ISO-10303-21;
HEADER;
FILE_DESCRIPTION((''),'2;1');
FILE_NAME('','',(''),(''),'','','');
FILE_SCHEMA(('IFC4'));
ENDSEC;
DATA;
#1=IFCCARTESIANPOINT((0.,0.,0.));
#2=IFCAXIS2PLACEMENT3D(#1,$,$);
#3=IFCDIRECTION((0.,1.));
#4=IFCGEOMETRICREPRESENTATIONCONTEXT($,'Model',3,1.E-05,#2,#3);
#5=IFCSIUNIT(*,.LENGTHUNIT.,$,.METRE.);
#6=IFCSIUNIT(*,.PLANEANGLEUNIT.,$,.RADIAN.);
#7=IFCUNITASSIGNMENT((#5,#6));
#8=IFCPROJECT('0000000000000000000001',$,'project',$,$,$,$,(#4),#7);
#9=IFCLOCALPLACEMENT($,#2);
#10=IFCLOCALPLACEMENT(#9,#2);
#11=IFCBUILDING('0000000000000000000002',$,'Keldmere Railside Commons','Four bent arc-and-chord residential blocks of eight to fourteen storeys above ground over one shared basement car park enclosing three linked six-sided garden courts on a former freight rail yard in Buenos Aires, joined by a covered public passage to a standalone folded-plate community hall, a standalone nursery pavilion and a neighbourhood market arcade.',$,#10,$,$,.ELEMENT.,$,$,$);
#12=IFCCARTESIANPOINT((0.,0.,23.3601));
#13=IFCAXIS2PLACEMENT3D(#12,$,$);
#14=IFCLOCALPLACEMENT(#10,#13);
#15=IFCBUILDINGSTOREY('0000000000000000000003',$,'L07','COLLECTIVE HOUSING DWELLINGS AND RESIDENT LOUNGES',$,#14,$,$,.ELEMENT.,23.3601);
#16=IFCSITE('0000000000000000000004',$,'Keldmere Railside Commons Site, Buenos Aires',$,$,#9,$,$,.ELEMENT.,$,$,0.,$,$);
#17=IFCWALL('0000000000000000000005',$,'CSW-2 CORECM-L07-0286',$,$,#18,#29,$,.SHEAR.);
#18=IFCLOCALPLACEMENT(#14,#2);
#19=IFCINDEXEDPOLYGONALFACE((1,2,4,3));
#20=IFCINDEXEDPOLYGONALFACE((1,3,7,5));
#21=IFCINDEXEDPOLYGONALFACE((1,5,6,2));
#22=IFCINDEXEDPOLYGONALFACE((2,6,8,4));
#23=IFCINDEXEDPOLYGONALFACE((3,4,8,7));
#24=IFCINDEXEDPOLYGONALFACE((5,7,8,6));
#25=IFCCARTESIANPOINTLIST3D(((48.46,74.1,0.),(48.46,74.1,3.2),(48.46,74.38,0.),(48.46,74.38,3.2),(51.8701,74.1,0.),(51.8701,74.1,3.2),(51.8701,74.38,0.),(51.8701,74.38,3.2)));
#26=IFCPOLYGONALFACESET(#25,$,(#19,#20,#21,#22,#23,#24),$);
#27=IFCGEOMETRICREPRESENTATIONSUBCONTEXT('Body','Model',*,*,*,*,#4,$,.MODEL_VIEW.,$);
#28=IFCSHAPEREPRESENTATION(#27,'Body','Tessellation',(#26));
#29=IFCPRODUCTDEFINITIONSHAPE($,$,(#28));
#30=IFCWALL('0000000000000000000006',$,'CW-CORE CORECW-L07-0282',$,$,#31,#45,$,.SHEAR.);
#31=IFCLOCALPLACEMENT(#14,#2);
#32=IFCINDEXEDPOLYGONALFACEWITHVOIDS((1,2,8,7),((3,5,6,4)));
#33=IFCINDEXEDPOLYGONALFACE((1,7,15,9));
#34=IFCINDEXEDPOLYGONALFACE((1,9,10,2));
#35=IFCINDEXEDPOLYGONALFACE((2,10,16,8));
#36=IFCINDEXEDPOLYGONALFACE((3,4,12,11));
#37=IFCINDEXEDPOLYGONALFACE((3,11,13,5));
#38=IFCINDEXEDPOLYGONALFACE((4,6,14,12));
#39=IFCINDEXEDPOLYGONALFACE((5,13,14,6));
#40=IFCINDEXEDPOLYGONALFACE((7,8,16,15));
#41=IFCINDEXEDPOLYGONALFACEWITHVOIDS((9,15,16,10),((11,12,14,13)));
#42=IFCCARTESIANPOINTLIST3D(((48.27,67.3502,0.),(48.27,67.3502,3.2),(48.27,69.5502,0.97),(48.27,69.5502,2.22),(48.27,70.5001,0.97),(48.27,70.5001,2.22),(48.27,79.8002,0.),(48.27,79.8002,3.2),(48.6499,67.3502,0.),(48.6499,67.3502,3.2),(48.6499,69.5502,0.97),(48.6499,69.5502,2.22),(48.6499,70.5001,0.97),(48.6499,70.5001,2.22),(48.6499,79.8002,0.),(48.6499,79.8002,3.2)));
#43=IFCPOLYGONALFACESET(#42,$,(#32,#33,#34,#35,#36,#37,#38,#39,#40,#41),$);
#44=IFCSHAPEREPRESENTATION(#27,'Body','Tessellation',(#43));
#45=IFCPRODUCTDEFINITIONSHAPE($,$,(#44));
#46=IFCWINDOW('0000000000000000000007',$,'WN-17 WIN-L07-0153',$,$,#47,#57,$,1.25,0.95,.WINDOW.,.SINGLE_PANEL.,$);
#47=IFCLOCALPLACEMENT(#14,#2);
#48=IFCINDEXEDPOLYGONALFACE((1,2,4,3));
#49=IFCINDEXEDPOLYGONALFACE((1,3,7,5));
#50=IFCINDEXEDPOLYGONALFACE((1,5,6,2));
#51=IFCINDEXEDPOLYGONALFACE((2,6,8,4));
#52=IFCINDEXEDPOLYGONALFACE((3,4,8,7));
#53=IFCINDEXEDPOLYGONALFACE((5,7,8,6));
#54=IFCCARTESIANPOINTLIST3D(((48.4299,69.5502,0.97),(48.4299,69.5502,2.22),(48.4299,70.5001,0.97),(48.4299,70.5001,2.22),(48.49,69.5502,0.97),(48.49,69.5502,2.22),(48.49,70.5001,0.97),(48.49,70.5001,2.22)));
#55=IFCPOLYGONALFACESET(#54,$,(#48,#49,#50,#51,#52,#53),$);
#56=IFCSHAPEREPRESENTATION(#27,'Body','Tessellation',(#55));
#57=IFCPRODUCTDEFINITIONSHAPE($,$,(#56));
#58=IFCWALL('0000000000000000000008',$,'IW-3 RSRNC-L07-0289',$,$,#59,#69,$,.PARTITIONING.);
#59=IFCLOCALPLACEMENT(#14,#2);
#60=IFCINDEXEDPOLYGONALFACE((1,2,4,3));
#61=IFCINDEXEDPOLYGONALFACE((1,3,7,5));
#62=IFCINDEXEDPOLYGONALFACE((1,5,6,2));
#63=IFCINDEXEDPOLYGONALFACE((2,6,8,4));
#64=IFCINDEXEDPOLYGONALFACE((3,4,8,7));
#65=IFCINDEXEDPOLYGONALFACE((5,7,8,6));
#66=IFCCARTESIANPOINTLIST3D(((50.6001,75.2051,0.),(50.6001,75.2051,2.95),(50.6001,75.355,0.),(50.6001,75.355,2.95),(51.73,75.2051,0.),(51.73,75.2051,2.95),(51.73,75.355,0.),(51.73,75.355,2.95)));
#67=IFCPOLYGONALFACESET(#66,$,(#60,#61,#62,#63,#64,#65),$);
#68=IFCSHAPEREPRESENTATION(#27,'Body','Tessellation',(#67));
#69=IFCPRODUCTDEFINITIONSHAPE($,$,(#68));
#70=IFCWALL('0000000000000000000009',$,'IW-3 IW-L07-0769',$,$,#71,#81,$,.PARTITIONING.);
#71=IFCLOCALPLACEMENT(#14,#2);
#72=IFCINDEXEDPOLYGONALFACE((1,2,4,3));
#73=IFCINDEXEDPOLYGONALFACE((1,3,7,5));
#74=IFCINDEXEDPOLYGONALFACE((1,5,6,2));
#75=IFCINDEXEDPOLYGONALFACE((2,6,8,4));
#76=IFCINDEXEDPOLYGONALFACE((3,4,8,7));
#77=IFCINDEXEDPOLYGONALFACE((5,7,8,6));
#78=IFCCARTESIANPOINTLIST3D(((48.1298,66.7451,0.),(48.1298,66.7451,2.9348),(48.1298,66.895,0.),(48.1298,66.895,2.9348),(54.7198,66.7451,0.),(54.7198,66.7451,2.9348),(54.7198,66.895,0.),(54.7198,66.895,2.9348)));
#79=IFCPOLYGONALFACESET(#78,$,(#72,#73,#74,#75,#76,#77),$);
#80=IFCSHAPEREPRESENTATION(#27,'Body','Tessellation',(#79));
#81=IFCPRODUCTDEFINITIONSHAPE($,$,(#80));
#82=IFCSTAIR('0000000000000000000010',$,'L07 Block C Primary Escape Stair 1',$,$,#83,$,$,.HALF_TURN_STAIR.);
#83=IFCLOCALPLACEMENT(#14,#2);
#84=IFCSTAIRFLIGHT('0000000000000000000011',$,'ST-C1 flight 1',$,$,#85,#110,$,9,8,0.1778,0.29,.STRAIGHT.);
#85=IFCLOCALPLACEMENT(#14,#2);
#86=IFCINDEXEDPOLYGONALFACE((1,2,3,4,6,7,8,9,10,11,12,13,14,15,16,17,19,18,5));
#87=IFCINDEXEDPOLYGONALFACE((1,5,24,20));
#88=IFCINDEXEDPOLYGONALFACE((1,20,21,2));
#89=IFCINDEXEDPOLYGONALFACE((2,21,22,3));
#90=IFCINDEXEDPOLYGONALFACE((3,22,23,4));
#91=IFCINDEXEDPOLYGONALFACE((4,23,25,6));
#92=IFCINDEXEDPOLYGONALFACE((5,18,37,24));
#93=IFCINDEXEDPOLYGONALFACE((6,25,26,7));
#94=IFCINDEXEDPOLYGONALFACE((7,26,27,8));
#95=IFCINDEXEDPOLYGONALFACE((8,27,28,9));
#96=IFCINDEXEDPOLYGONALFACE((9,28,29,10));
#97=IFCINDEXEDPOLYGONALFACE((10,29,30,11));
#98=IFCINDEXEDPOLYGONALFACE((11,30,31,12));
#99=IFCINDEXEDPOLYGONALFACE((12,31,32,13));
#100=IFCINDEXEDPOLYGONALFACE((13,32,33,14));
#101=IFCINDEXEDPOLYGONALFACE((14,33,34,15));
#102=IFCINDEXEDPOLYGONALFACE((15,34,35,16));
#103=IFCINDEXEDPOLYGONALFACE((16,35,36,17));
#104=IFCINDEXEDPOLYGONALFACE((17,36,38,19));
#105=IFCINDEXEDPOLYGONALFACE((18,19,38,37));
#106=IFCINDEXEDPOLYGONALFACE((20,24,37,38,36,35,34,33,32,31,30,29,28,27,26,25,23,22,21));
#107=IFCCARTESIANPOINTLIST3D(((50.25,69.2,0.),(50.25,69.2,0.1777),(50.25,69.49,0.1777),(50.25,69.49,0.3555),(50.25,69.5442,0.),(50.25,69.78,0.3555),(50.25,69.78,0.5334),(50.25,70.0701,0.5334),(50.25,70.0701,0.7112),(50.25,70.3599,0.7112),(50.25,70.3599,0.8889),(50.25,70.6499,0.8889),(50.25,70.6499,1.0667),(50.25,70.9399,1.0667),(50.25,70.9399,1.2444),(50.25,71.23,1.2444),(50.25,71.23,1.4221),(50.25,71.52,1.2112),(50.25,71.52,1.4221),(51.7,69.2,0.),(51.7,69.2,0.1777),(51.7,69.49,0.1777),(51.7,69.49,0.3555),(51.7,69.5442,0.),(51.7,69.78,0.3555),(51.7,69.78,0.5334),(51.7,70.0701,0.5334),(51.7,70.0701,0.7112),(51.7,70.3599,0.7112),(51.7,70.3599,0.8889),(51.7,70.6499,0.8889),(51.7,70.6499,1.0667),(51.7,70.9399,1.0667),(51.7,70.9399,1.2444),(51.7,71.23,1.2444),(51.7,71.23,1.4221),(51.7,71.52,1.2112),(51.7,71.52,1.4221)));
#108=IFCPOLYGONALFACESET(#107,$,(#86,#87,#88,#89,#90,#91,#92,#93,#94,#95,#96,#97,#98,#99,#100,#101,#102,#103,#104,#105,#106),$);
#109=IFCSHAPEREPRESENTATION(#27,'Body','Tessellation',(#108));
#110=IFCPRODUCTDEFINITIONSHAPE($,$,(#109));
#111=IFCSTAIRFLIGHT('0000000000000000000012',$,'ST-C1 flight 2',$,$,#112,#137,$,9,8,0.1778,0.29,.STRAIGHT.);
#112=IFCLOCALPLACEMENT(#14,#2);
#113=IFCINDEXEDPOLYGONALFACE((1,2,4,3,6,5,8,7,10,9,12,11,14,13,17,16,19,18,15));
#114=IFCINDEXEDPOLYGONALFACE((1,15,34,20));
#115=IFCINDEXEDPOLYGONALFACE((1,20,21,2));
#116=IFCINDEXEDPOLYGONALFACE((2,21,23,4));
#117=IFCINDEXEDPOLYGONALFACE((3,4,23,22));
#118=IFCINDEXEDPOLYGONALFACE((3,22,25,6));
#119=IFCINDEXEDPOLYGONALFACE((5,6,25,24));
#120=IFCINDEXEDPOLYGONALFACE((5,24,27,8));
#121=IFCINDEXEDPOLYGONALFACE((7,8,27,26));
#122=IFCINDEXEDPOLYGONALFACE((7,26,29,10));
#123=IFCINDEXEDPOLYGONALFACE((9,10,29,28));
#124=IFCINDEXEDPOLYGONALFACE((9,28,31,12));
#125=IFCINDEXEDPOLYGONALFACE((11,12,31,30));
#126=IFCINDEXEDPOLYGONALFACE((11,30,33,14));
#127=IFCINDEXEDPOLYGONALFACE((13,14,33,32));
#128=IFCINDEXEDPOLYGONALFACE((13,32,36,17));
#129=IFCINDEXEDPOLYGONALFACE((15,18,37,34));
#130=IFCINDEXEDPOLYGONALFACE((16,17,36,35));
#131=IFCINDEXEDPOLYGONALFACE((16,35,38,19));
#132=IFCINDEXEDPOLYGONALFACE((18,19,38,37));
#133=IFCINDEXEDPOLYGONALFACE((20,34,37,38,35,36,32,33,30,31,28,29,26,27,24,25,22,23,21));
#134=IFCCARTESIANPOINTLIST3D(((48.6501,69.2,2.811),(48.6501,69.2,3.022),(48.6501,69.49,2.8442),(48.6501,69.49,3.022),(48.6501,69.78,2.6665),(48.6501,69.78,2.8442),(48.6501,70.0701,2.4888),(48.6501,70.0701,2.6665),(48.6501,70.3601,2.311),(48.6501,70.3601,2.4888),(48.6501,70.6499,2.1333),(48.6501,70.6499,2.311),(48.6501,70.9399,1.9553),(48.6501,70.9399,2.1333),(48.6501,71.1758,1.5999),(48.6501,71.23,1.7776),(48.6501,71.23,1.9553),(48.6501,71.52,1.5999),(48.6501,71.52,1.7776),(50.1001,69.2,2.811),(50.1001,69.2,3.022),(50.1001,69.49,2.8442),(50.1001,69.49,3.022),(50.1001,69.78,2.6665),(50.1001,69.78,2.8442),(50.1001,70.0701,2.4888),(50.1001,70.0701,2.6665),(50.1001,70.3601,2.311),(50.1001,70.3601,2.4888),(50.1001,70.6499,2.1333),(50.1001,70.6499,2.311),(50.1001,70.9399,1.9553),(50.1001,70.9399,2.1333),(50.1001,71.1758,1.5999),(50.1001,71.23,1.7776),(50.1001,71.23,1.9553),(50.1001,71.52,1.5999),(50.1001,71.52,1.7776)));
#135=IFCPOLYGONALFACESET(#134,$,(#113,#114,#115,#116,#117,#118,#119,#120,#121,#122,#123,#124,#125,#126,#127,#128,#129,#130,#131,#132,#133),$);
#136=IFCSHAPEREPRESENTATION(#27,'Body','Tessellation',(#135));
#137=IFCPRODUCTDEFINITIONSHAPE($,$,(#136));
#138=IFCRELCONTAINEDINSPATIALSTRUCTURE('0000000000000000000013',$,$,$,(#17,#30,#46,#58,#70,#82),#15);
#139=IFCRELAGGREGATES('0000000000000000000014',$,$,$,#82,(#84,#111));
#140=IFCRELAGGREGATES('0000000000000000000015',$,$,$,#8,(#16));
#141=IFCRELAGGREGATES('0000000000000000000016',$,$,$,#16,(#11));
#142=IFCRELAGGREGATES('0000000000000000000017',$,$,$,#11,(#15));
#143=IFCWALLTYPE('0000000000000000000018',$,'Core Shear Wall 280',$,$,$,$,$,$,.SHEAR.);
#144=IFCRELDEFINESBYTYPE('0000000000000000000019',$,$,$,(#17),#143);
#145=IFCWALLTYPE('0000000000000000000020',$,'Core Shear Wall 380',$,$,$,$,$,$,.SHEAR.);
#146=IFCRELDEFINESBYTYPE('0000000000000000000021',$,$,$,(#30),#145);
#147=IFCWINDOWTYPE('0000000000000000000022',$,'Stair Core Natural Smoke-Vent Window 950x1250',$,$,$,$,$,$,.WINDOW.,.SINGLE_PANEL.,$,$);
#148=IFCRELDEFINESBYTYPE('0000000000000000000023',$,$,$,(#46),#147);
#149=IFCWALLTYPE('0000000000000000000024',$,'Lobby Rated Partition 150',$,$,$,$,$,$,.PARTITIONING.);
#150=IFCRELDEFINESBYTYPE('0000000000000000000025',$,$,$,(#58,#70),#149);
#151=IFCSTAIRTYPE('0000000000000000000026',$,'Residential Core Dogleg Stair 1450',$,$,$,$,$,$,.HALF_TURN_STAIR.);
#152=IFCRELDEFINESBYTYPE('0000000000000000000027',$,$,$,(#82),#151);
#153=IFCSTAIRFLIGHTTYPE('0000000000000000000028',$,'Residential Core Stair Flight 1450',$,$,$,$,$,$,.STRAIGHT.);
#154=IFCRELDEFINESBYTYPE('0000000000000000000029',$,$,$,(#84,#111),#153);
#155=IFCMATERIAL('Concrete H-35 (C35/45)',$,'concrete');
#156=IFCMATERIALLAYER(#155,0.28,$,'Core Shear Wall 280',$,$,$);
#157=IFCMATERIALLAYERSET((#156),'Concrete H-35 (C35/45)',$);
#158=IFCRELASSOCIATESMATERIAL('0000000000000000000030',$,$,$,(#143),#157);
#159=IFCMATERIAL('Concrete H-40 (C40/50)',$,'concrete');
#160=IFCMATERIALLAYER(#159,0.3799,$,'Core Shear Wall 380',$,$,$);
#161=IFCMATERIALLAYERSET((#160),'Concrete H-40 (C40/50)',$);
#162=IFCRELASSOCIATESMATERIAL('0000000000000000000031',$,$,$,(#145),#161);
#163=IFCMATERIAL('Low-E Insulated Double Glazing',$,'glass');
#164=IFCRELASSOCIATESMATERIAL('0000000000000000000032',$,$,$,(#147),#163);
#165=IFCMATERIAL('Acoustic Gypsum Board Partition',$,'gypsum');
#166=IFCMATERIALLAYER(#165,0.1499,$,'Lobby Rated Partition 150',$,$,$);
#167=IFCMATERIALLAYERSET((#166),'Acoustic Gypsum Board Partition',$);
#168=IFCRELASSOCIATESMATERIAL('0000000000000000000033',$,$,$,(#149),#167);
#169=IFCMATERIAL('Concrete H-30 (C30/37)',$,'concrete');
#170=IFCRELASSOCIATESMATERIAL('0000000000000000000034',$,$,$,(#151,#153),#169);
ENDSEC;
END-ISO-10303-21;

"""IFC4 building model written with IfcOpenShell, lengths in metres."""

from ifc_helpers import new_model, si_unit, direction, frame, frame_2d, origin, place, context, subcontext, project, spatial, polyline, rectangle, outline, extrude, material, layer, layer_set, type_object, element, fill, aggregate, save


model = new_model("IFC4")

# Units and contexts
model_context = context("Model", 3, precision=1e-05, world=origin(), true_north=direction((0.0, 1.0)))
body_context = subcontext(model_context, "Body", "Model", "MODEL_VIEW")
ifc_project = project(units=[si_unit("LENGTHUNIT", "METRE"), si_unit("PLANEANGLEUNIT", "RADIAN")], contexts=[model_context])

# Site, building, storey
site_placement = place(None, origin())
site = spatial("IfcSite", under=ifc_project, at=site_placement, Name="Keldmere Railside Commons Site, Buenos Aires", CompositionType="ELEMENT", RefElevation=0.0)
building_placement = place(site_placement, origin())
building = spatial("IfcBuilding", under=site, at=building_placement, Name="Keldmere Railside Commons", Description="Four bent arc-and-chord residential blocks of eight to fourteen storeys above ground over one shared basement car park enclosing three linked six-sided garden courts on a former freight rail yard in Buenos Aires, joined by a covered public passage to a standalone folded-plate community hall, a standalone nursery pavilion and a neighbourhood market arcade.", CompositionType="ELEMENT")
storey_placement = place(building_placement, frame((0.0, 0.0, 23.3601)))
storey = spatial("IfcBuildingStorey", under=building, at=storey_placement, Name="L07", Description="COLLECTIVE HOUSING DWELLINGS AND RESIDENT LOUNGES", CompositionType="ELEMENT", Elevation=23.3601)

# Wall
ifc_material_1 = material(Name="Concrete H-35 (C35/45)", Category="concrete")
ifc_layer_1 = layer(ifc_material_1, 0.28, Name="Core Shear Wall 280")
ifc_layer_set_1 = layer_set([ifc_layer_1], Name="Concrete H-35 (C35/45)")
wall_type_1 = type_object("IfcWallType", Name="Core Shear Wall 280", PredefinedType="SHEAR", material=ifc_layer_set_1)
wall_1_placement = place(storey_placement, frame((48.46, 74.24, 0.0), z_axis=(0.0, 0.0, 1.0), x_axis=(1.0, 0.0, 0.0)))
element("IfcWall", 1, at=wall_1_placement, inside=storey, type_object=wall_type_1, Name="CSW-2 CORECM-L07-0286", PredefinedType="SHEAR", context=body_context, shape_type="SweptSolid", body=[
    extrude(rectangle(XDim=3.4102, YDim=0.28, at=frame_2d((1.7051, 0.0))), origin(), (0.0, 0.0, 1.0), 3.2),
])

# Wall, opening, window
ifc_material_2 = material(Name="Concrete H-40 (C40/50)", Category="concrete")
ifc_layer_2 = layer(ifc_material_2, 0.3799, Name="Core Shear Wall 380")
ifc_layer_set_2 = layer_set([ifc_layer_2], Name="Concrete H-40 (C40/50)")
wall_type_2 = type_object("IfcWallType", Name="Core Shear Wall 380", PredefinedType="SHEAR", material=ifc_layer_set_2)
wall_2_placement = place(storey_placement, frame((48.46, 67.3501, 0.0), z_axis=(0.0, 0.0, 1.0), x_axis=(0.0, 1.0, 0.0)))
wall_2 = element("IfcWall", 2, at=wall_2_placement, inside=storey, type_object=wall_type_2, Name="CW-CORE CORECW-L07-0282", PredefinedType="SHEAR", context=body_context, shape_type="SweptSolid", body=[
    extrude(rectangle(XDim=12.45, YDim=0.3799, at=frame_2d((6.2251, 0.0))), origin(), (0.0, 0.0, 1.0), 3.2),
])
opening_1_placement = place(wall_2_placement, frame((2.2, 0.0, 0.97)))
opening_1 = element("IfcOpeningElement", 3, at=opening_1_placement, cuts=wall_2, PredefinedType="OPENING", context=body_context, shape_type="SweptSolid", body=[
    extrude(rectangle(XDim=0.95, YDim=1.25, at=frame_2d((0.4751, 0.625))), frame((0.0, 0.2, 0.0), z_axis=(0.0, -1.0, 0.0), x_axis=(1.0, 0.0, 0.0)), (0.0, 0.0, 1.0), 0.3999),
])
ifc_material_3 = material(Name="Low-E Insulated Double Glazing", Category="glass")
window_type = type_object("IfcWindowType", Name="Stair Core Natural Smoke-Vent Window 950x1250", PartitioningType="SINGLE_PANEL", PredefinedType="WINDOW", material=ifc_material_3)
window_placement = place(opening_1_placement, origin())
window = element("IfcWindow", 4, at=window_placement, inside=storey, type_object=window_type, Name="WN-17 WIN-L07-0153", OverallHeight=1.25, OverallWidth=0.95, PartitioningType="SINGLE_PANEL", PredefinedType="WINDOW", context=body_context, shape_type="SweptSolid", body=[
    extrude(rectangle(XDim=0.95, YDim=1.25, at=frame_2d((0.4751, 0.625))), frame((0.0, 0.03, 0.0), z_axis=(0.0, -1.0, 0.0), x_axis=(1.0, 0.0, 0.0)), (0.0, 0.0, 1.0), 0.0601),
])
fill(opening_1, window)

# Walls
ifc_material_4 = material(Name="Acoustic Gypsum Board Partition", Category="gypsum")
ifc_layer_3 = layer(ifc_material_4, 0.1499, Name="Lobby Rated Partition 150")
ifc_layer_set_3 = layer_set([ifc_layer_3], Name="Acoustic Gypsum Board Partition")
wall_type_3 = type_object("IfcWallType", Name="Lobby Rated Partition 150", PredefinedType="PARTITIONING", material=ifc_layer_set_3)
wall_3_placement = place(storey_placement, frame((50.6001, 75.28, 0.0), z_axis=(0.0, 0.0, 1.0), x_axis=(1.0, 0.0, 0.0)))
element("IfcWall", 5, at=wall_3_placement, inside=storey, type_object=wall_type_3, Name="IW-3 RSRNC-L07-0289", PredefinedType="PARTITIONING", context=body_context, shape_type="SweptSolid", body=[
    extrude(rectangle(XDim=1.1299, YDim=0.1499, at=frame_2d((0.5649, 0.0))), origin(), (0.0, 0.0, 1.0), 2.95),
])
wall_4_placement = place(storey_placement, frame((48.1299, 66.8201, 0.0), z_axis=(0.0, 0.0, 1.0), x_axis=(1.0, 0.0, 0.0)))
element("IfcWall", 6, at=wall_4_placement, inside=storey, type_object=wall_type_3, Name="IW-3 IW-L07-0769", PredefinedType="PARTITIONING", context=body_context, shape_type="SweptSolid", body=[
    extrude(rectangle(XDim=6.5901, YDim=0.1499, at=frame_2d((3.2949, 0.0))), origin(), (0.0, 0.0, 1.0), 2.9348),
])

# Stair, stair flights
ifc_material_5 = material(Name="Concrete H-30 (C30/37)", Category="concrete")
stair_type = type_object("IfcStairType", Name="Residential Core Dogleg Stair 1450", PredefinedType="HALF_TURN_STAIR", material=ifc_material_5)
stair_placement = place(storey_placement, origin())
stair = element("IfcStair", 7, at=stair_placement, inside=storey, type_object=stair_type, Name="L07 Block C Primary Escape Stair 1", PredefinedType="HALF_TURN_STAIR")
stair_flight_type = type_object("IfcStairFlightType", Name="Residential Core Stair Flight 1450", PredefinedType="STRAIGHT", material=ifc_material_5)
stair_flight_1_placement = place(storey_placement, frame((50.9751, 69.2, 0.0), z_axis=(0.0, 0.0, 1.0), x_axis=(0.0, 1.0, 0.0)))
stair_flight_1 = element("IfcStairFlight", 8, at=stair_flight_1_placement, type_object=stair_flight_type, Name="ST-C1 flight 1", NumberOfRisers=9, NumberOfTreads=8, PredefinedType="STRAIGHT", RiserHeight=0.1778, TreadLength=0.29, context=body_context, shape_type="SweptSolid", body=[
    extrude(outline(polyline([(0.0, 0.0), (0.0, 0.1777), (0.29, 0.1777), (0.29, 0.3555), (0.5801, 0.3555), (0.5801, 0.5334), (0.8701, 0.5334), (0.8701, 0.7112), (1.1599, 0.7112), (1.1599, 0.8889), (1.45, 0.8889), (1.45, 1.0667), (1.74, 1.0667), (1.74, 1.2444), (2.03, 1.2444), (2.03, 1.4221), (2.3201, 1.4221), (2.3201, 1.6001), (2.3201, 1.2112), (0.3442, 0.0), (0.0, 0.0)])), frame((0.0, 0.7251, 0.0), z_axis=(0.0, -1.0, 0.0), x_axis=(1.0, 0.0, 0.0)), (0.0, 0.0, 1.0), 1.45),
])
stair_flight_2_placement = place(storey_placement, frame((49.375, 71.52, 1.5999), z_axis=(0.0, 0.0, 1.0), x_axis=(0.0, -1.0, 0.0)))
stair_flight_2 = element("IfcStairFlight", 9, at=stair_flight_2_placement, type_object=stair_flight_type, Name="ST-C1 flight 2", NumberOfRisers=9, NumberOfTreads=8, PredefinedType="STRAIGHT", RiserHeight=0.1778, TreadLength=0.29, context=body_context, shape_type="SweptSolid", body=[
    extrude(outline(polyline([(0.0, 0.0), (0.0, 0.1777), (0.29, 0.1777), (0.29, 0.3555), (0.5801, 0.3555), (0.5801, 0.5334), (0.8701, 0.5334), (0.8701, 0.7112), (1.1599, 0.7112), (1.1599, 0.8889), (1.45, 0.8889), (1.45, 1.0667), (1.74, 1.0667), (1.74, 1.2444), (2.03, 1.2444), (2.03, 1.4221), (2.3201, 1.4221), (2.3201, 1.6001), (2.3201, 1.2112), (0.3442, 0.0), (0.0, 0.0)])), frame((0.0, 0.7251, 0.0), z_axis=(0.0, -1.0, 0.0), x_axis=(1.0, 0.0, 0.0)), (0.0, 0.0, 1.0), 1.45),
])
aggregate(stair, [stair_flight_1, stair_flight_2])

save(model, "model.ifc")
